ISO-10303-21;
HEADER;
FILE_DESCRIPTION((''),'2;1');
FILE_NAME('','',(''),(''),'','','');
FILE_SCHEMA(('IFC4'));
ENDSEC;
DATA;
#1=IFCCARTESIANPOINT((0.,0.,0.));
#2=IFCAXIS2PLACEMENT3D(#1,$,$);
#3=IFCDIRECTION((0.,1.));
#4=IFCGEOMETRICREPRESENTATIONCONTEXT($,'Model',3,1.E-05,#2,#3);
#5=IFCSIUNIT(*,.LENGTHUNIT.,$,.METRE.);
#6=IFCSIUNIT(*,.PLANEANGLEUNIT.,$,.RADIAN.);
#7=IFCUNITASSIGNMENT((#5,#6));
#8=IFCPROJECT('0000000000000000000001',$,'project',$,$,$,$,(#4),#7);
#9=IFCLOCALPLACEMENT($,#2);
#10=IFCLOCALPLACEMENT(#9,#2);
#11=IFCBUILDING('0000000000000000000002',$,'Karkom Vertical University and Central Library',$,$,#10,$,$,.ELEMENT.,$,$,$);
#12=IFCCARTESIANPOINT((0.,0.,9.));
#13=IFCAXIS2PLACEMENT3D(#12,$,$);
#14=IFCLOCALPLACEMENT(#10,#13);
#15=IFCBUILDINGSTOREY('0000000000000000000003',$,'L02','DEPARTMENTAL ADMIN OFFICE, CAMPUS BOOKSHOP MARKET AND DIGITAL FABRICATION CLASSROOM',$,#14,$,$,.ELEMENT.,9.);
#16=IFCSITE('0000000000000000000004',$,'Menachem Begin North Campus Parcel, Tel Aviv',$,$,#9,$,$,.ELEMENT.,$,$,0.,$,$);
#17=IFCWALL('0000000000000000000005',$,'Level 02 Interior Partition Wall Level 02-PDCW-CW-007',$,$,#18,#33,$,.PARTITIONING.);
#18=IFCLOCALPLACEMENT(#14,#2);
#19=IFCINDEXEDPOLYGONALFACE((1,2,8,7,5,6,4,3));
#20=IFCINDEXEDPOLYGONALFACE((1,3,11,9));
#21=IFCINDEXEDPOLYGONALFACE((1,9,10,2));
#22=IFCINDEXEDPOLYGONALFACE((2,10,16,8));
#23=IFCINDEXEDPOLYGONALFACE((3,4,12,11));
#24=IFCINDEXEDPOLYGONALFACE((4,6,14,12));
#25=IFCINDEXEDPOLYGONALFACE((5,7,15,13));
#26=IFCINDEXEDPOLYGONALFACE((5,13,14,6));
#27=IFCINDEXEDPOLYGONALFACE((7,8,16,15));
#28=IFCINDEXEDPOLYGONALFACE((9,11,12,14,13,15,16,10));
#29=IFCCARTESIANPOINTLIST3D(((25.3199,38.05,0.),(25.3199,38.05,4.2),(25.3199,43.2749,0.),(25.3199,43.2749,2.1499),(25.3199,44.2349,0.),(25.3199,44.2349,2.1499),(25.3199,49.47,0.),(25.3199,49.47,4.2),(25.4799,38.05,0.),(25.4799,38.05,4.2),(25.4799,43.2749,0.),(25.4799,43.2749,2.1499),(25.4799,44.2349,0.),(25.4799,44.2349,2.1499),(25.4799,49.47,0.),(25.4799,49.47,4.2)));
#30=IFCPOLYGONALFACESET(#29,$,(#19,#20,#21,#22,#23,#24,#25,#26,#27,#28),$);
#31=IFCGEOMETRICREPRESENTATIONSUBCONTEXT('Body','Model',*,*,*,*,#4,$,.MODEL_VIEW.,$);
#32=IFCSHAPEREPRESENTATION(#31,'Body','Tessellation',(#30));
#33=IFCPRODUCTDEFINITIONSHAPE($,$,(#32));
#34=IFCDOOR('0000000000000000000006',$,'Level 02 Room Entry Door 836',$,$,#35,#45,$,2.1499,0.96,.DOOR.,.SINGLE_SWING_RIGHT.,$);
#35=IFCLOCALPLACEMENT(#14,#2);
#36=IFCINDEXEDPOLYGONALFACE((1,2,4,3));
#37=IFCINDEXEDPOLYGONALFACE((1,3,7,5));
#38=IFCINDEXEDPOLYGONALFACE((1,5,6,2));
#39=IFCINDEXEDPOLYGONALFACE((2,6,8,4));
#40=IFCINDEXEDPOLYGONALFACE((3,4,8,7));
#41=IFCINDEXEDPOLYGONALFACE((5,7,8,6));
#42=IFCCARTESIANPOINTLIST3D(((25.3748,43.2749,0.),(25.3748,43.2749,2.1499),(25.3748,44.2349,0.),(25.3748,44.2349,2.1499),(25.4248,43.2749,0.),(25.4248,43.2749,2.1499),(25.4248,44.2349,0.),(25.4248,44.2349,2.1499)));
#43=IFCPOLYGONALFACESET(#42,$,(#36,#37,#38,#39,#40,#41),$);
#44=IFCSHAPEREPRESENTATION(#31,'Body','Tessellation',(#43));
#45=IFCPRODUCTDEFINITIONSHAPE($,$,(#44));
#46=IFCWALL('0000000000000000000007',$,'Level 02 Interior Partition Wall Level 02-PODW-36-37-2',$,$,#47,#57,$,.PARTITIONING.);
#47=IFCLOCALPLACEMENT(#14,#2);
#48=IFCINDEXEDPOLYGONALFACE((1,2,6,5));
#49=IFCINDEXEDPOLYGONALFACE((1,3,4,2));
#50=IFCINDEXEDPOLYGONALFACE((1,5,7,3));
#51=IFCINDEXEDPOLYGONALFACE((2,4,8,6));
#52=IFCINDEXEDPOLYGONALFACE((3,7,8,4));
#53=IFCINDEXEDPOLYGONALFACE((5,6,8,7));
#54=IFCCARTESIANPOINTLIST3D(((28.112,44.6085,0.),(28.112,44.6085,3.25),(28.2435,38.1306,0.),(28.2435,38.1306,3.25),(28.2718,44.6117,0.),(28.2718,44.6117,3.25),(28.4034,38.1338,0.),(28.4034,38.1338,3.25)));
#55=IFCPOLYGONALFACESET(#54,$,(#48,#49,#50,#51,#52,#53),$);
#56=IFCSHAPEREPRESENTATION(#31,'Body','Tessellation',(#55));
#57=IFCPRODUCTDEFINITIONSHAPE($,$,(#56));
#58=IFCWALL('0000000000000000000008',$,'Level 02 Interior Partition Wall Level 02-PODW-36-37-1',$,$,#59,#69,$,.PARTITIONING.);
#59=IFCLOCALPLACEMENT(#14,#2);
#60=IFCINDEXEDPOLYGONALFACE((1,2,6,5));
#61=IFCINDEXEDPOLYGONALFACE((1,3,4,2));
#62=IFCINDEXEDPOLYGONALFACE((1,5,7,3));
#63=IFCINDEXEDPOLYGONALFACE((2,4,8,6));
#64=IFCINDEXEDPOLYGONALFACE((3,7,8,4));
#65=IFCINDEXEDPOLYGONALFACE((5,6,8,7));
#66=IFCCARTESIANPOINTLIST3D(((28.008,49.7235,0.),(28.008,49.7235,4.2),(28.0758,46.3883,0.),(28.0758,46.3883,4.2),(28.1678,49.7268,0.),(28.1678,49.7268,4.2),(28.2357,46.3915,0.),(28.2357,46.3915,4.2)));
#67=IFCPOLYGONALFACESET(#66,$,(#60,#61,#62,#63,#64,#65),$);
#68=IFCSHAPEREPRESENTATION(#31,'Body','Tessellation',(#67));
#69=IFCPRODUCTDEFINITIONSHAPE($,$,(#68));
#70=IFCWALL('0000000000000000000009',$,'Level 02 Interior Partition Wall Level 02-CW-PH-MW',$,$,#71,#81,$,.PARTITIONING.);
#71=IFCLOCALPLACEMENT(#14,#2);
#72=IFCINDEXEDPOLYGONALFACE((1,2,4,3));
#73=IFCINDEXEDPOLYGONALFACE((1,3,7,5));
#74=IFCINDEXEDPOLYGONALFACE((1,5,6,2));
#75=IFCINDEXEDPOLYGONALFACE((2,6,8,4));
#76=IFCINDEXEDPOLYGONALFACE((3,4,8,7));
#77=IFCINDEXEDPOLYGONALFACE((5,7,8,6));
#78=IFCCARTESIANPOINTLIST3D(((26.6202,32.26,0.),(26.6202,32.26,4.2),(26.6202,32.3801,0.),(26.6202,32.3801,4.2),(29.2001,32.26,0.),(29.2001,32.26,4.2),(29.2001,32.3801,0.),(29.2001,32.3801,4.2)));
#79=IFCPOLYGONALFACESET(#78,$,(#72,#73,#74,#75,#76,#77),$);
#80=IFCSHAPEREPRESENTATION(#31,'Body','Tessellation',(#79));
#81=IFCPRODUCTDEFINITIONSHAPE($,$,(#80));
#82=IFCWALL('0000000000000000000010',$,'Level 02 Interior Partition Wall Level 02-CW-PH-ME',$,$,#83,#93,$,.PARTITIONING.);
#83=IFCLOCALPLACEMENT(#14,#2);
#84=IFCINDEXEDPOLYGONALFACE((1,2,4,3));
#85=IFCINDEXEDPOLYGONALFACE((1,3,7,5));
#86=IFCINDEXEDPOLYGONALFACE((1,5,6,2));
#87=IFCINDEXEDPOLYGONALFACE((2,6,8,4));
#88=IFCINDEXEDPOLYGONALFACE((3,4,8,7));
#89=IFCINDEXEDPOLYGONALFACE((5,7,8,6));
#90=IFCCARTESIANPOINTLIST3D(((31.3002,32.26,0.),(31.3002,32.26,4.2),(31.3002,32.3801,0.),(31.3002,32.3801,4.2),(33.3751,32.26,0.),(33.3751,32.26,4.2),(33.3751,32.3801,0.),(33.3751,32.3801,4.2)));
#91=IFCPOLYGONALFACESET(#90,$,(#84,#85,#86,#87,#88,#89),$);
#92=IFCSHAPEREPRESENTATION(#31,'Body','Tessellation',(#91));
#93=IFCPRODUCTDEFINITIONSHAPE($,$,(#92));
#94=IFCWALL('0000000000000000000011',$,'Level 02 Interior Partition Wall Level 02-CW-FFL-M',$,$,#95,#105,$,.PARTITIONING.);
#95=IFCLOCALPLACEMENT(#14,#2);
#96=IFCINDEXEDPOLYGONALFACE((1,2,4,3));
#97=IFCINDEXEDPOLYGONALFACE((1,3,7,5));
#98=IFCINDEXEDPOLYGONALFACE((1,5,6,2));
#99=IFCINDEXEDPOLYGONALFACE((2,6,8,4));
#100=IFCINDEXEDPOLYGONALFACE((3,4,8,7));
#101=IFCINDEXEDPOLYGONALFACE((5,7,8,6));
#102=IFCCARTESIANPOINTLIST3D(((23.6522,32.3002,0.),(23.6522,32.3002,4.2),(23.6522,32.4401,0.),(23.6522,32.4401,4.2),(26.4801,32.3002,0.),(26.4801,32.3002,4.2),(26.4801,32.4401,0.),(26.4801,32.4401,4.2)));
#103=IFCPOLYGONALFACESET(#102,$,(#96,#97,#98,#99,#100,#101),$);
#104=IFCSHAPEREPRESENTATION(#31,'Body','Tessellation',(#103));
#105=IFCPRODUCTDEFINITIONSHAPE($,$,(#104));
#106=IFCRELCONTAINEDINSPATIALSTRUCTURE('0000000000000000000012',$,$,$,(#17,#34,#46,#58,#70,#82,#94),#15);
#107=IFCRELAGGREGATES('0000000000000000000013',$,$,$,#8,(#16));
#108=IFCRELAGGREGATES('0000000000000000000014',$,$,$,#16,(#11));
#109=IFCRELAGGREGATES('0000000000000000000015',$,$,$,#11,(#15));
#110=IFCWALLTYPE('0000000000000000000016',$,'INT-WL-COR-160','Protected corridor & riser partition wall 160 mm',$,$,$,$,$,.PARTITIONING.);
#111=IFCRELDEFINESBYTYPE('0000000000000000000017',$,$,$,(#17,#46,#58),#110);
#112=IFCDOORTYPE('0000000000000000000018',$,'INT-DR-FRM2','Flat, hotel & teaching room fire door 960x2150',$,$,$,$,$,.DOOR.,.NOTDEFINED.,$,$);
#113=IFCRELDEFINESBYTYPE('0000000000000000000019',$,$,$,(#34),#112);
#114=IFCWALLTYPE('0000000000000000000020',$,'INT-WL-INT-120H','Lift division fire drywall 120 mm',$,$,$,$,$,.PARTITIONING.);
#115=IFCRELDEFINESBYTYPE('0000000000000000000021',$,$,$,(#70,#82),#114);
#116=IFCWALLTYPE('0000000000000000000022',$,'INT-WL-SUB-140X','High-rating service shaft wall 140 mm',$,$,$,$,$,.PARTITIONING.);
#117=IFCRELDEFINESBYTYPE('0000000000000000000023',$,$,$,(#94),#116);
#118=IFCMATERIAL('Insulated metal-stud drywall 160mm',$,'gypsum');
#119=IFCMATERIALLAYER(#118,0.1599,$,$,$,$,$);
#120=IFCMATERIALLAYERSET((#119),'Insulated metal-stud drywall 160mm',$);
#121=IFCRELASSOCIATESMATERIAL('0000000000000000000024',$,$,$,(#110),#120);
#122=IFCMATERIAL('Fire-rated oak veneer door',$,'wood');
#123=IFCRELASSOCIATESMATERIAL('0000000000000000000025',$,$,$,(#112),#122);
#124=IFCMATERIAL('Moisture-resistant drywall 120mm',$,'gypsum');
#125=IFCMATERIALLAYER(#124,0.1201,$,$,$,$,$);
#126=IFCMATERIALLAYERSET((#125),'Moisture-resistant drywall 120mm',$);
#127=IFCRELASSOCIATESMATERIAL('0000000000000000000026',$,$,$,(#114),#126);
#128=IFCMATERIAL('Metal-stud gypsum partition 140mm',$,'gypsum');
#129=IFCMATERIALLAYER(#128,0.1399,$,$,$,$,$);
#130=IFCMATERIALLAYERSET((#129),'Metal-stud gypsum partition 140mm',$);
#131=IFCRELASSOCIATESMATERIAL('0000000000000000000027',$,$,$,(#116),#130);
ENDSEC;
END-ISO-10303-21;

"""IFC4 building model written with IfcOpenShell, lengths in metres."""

from ifc_helpers import new_model, si_unit, direction, frame, frame_2d, origin, origin_with_axes, place, context, subcontext, project, spatial, rectangle, extrude, source, transform, mapped, material, layer, layer_set, type_object, element, fill, save


model = new_model("IFC4")

# Units and contexts
model_context = context("Model", 3, precision=1e-05, world=origin(), true_north=direction((0.0, 1.0)))
body_context = subcontext(model_context, "Body", "Model", "MODEL_VIEW")
ifc_project = project(units=[si_unit("LENGTHUNIT", "METRE"), si_unit("PLANEANGLEUNIT", "RADIAN")], contexts=[model_context])

# Site, building, storey
site_placement = place(None, origin())
site = spatial("IfcSite", under=ifc_project, at=site_placement, Name="Menachem Begin North Campus Parcel, Tel Aviv", CompositionType="ELEMENT", RefElevation=0.0)
building_placement = place(site_placement, origin())
building = spatial("IfcBuilding", under=site, at=building_placement, Name="Karkom Vertical University and Central Library", CompositionType="ELEMENT")
storey_placement = place(building_placement, frame((0.0, 0.0, 9.0)))
storey = spatial("IfcBuildingStorey", under=building, at=storey_placement, Name="L02", Description="DEPARTMENTAL ADMIN OFFICE, CAMPUS BOOKSHOP MARKET AND DIGITAL FABRICATION CLASSROOM", CompositionType="ELEMENT", Elevation=9.0)

# Shared definitions
ifc_material_1 = material(Name="Insulated metal-stud drywall 160mm", Category="gypsum")
ifc_layer_1 = layer(ifc_material_1, 0.1599)
ifc_layer_set_1 = layer_set([ifc_layer_1], Name="Insulated metal-stud drywall 160mm")
wall_type_1 = type_object("IfcWallType", Name="INT-WL-COR-160", Description="Protected corridor & riser partition wall 160 mm", PredefinedType="PARTITIONING", material=ifc_layer_set_1)
ifc_material_2 = material(Name="Fire-rated oak veneer door", Category="wood")
door_type_1 = type_object("IfcDoorType", Name="INT-DR-FRM2", Description="Flat, hotel & teaching room fire door 960x2150", OperationType="NOTDEFINED", PredefinedType="DOOR", material=ifc_material_2)
shared_shape_1 = source(origin_with_axes(), body_context, "Body", "SweptSolid", [
    extrude(rectangle(XDim=0.96, YDim=2.1499, at=frame_2d((0.48, 1.075))), frame((0.0, 0.0249, 0.0), z_axis=(0.0, -1.0, 0.0), x_axis=(1.0, 0.0, 0.0)), (0.0, 0.0, 1.0), 0.05),
])

# Wall, opening, door
wall_1_placement = place(storey_placement, frame((25.3999, 49.47, 0.0), z_axis=(0.0, 0.0, 1.0), x_axis=(0.0, -1.0, 0.0)))
wall_1 = element("IfcWall", 1, at=wall_1_placement, inside=storey, type_object=wall_type_1, Name="Level 02 Interior Partition Wall Level 02-PDCW-CW-007", PredefinedType="PARTITIONING", context=body_context, shape_type="SweptSolid", body=[
    extrude(rectangle(XDim=11.4199, YDim=0.1599, at=frame_2d((5.71, 0.0))), origin(), (0.0, 0.0, 1.0), 4.2),
])
opening_1_placement = place(wall_1_placement, frame((5.2351, 0.0, 0.0)))
opening_1 = element("IfcOpeningElement", 2, at=opening_1_placement, cuts=wall_1, PredefinedType="OPENING", context=body_context, shape_type="SweptSolid", body=[
    extrude(rectangle(XDim=0.96, YDim=2.1499, at=frame_2d((0.48, 1.075))), frame((0.0, 0.0898, 0.0), z_axis=(0.0, -1.0, 0.0), x_axis=(1.0, 0.0, 0.0)), (0.0, 0.0, 1.0), 0.1799),
])
door_1_placement = place(opening_1_placement, origin())
door_1 = element("IfcDoor", 3, at=door_1_placement, inside=storey, type_object=door_type_1, Name="Level 02 Room Entry Door 836", OperationType="SINGLE_SWING_RIGHT", OverallHeight=2.1499, OverallWidth=0.96, PredefinedType="DOOR", context=body_context, shape_type="MappedRepresentation", body=[
    mapped(shared_shape_1, transform((0.0, 0.0, 0.0), scale=1.0)),
])
fill(opening_1, door_1)

# Walls
wall_2_placement = place(storey_placement, frame((28.3235, 38.1321, 0.0), z_axis=(0.0, 0.0, 1.0), x_axis=(-0.020309, 0.999794, 0.0)))
element("IfcWall", 4, at=wall_2_placement, inside=storey, type_object=wall_type_1, Name="Level 02 Interior Partition Wall Level 02-PODW-36-37-2", PredefinedType="PARTITIONING", context=body_context, shape_type="SweptSolid", body=[
    extrude(rectangle(XDim=6.4792, YDim=0.1599, at=frame_2d((3.2397, 0.0))), origin(), (0.0, 0.0, 1.0), 3.25),
])
wall_3_placement = place(storey_placement, frame((28.1558, 46.3899, 0.0), z_axis=(0.0, 0.0, 1.0), x_axis=(-0.020346, 0.999793, 0.0)))
element("IfcWall", 5, at=wall_3_placement, inside=storey, type_object=wall_type_1, Name="Level 02 Interior Partition Wall Level 02-PODW-36-37-1", PredefinedType="PARTITIONING", context=body_context, shape_type="SweptSolid", body=[
    extrude(rectangle(XDim=3.3359, YDim=0.1599, at=frame_2d((1.668, 0.0))), origin(), (0.0, 0.0, 1.0), 4.2),
])
ifc_material_3 = material(Name="Moisture-resistant drywall 120mm", Category="gypsum")
ifc_layer_2 = layer(ifc_material_3, 0.1201)
ifc_layer_set_2 = layer_set([ifc_layer_2], Name="Moisture-resistant drywall 120mm")
wall_type_2 = type_object("IfcWallType", Name="INT-WL-INT-120H", Description="Lift division fire drywall 120 mm", PredefinedType="PARTITIONING", material=ifc_layer_set_2)
wall_4_placement = place(storey_placement, frame((26.6201, 32.3201, 0.0), z_axis=(0.0, 0.0, 1.0), x_axis=(1.0, 0.0, 0.0)))
element("IfcWall", 6, at=wall_4_placement, inside=storey, type_object=wall_type_2, Name="Level 02 Interior Partition Wall Level 02-CW-PH-MW", PredefinedType="PARTITIONING", context=body_context, shape_type="SweptSolid", body=[
    extrude(rectangle(XDim=2.5798, YDim=0.1201, at=frame_2d((1.29, 0.0))), origin(), (0.0, 0.0, 1.0), 4.2),
])
wall_5_placement = place(storey_placement, frame((31.3, 32.3201, 0.0), z_axis=(0.0, 0.0, 1.0), x_axis=(1.0, 0.0, 0.0)))
element("IfcWall", 7, at=wall_5_placement, inside=storey, type_object=wall_type_2, Name="Level 02 Interior Partition Wall Level 02-CW-PH-ME", PredefinedType="PARTITIONING", context=body_context, shape_type="SweptSolid", body=[
    extrude(rectangle(XDim=2.075, YDim=0.1201, at=frame_2d((1.0376, 0.0))), origin(), (0.0, 0.0, 1.0), 4.2),
])
ifc_material_4 = material(Name="Metal-stud gypsum partition 140mm", Category="gypsum")
ifc_layer_3 = layer(ifc_material_4, 0.1399)
ifc_layer_set_3 = layer_set([ifc_layer_3], Name="Metal-stud gypsum partition 140mm")
wall_type_3 = type_object("IfcWallType", Name="INT-WL-SUB-140X", Description="High-rating service shaft wall 140 mm", PredefinedType="PARTITIONING", material=ifc_layer_set_3)
wall_6_placement = place(storey_placement, frame((23.6521, 32.3701, 0.0), z_axis=(0.0, 0.0, 1.0), x_axis=(1.0, 0.0, 0.0)))
element("IfcWall", 8, at=wall_6_placement, inside=storey, type_object=wall_type_3, Name="Level 02 Interior Partition Wall Level 02-CW-FFL-M", PredefinedType="PARTITIONING", context=body_context, shape_type="SweptSolid", body=[
    extrude(rectangle(XDim=2.8279, YDim=0.1399, at=frame_2d((1.4141, 0.0))), origin(), (0.0, 0.0, 1.0), 4.2),
])

save(model, "model.ifc")
